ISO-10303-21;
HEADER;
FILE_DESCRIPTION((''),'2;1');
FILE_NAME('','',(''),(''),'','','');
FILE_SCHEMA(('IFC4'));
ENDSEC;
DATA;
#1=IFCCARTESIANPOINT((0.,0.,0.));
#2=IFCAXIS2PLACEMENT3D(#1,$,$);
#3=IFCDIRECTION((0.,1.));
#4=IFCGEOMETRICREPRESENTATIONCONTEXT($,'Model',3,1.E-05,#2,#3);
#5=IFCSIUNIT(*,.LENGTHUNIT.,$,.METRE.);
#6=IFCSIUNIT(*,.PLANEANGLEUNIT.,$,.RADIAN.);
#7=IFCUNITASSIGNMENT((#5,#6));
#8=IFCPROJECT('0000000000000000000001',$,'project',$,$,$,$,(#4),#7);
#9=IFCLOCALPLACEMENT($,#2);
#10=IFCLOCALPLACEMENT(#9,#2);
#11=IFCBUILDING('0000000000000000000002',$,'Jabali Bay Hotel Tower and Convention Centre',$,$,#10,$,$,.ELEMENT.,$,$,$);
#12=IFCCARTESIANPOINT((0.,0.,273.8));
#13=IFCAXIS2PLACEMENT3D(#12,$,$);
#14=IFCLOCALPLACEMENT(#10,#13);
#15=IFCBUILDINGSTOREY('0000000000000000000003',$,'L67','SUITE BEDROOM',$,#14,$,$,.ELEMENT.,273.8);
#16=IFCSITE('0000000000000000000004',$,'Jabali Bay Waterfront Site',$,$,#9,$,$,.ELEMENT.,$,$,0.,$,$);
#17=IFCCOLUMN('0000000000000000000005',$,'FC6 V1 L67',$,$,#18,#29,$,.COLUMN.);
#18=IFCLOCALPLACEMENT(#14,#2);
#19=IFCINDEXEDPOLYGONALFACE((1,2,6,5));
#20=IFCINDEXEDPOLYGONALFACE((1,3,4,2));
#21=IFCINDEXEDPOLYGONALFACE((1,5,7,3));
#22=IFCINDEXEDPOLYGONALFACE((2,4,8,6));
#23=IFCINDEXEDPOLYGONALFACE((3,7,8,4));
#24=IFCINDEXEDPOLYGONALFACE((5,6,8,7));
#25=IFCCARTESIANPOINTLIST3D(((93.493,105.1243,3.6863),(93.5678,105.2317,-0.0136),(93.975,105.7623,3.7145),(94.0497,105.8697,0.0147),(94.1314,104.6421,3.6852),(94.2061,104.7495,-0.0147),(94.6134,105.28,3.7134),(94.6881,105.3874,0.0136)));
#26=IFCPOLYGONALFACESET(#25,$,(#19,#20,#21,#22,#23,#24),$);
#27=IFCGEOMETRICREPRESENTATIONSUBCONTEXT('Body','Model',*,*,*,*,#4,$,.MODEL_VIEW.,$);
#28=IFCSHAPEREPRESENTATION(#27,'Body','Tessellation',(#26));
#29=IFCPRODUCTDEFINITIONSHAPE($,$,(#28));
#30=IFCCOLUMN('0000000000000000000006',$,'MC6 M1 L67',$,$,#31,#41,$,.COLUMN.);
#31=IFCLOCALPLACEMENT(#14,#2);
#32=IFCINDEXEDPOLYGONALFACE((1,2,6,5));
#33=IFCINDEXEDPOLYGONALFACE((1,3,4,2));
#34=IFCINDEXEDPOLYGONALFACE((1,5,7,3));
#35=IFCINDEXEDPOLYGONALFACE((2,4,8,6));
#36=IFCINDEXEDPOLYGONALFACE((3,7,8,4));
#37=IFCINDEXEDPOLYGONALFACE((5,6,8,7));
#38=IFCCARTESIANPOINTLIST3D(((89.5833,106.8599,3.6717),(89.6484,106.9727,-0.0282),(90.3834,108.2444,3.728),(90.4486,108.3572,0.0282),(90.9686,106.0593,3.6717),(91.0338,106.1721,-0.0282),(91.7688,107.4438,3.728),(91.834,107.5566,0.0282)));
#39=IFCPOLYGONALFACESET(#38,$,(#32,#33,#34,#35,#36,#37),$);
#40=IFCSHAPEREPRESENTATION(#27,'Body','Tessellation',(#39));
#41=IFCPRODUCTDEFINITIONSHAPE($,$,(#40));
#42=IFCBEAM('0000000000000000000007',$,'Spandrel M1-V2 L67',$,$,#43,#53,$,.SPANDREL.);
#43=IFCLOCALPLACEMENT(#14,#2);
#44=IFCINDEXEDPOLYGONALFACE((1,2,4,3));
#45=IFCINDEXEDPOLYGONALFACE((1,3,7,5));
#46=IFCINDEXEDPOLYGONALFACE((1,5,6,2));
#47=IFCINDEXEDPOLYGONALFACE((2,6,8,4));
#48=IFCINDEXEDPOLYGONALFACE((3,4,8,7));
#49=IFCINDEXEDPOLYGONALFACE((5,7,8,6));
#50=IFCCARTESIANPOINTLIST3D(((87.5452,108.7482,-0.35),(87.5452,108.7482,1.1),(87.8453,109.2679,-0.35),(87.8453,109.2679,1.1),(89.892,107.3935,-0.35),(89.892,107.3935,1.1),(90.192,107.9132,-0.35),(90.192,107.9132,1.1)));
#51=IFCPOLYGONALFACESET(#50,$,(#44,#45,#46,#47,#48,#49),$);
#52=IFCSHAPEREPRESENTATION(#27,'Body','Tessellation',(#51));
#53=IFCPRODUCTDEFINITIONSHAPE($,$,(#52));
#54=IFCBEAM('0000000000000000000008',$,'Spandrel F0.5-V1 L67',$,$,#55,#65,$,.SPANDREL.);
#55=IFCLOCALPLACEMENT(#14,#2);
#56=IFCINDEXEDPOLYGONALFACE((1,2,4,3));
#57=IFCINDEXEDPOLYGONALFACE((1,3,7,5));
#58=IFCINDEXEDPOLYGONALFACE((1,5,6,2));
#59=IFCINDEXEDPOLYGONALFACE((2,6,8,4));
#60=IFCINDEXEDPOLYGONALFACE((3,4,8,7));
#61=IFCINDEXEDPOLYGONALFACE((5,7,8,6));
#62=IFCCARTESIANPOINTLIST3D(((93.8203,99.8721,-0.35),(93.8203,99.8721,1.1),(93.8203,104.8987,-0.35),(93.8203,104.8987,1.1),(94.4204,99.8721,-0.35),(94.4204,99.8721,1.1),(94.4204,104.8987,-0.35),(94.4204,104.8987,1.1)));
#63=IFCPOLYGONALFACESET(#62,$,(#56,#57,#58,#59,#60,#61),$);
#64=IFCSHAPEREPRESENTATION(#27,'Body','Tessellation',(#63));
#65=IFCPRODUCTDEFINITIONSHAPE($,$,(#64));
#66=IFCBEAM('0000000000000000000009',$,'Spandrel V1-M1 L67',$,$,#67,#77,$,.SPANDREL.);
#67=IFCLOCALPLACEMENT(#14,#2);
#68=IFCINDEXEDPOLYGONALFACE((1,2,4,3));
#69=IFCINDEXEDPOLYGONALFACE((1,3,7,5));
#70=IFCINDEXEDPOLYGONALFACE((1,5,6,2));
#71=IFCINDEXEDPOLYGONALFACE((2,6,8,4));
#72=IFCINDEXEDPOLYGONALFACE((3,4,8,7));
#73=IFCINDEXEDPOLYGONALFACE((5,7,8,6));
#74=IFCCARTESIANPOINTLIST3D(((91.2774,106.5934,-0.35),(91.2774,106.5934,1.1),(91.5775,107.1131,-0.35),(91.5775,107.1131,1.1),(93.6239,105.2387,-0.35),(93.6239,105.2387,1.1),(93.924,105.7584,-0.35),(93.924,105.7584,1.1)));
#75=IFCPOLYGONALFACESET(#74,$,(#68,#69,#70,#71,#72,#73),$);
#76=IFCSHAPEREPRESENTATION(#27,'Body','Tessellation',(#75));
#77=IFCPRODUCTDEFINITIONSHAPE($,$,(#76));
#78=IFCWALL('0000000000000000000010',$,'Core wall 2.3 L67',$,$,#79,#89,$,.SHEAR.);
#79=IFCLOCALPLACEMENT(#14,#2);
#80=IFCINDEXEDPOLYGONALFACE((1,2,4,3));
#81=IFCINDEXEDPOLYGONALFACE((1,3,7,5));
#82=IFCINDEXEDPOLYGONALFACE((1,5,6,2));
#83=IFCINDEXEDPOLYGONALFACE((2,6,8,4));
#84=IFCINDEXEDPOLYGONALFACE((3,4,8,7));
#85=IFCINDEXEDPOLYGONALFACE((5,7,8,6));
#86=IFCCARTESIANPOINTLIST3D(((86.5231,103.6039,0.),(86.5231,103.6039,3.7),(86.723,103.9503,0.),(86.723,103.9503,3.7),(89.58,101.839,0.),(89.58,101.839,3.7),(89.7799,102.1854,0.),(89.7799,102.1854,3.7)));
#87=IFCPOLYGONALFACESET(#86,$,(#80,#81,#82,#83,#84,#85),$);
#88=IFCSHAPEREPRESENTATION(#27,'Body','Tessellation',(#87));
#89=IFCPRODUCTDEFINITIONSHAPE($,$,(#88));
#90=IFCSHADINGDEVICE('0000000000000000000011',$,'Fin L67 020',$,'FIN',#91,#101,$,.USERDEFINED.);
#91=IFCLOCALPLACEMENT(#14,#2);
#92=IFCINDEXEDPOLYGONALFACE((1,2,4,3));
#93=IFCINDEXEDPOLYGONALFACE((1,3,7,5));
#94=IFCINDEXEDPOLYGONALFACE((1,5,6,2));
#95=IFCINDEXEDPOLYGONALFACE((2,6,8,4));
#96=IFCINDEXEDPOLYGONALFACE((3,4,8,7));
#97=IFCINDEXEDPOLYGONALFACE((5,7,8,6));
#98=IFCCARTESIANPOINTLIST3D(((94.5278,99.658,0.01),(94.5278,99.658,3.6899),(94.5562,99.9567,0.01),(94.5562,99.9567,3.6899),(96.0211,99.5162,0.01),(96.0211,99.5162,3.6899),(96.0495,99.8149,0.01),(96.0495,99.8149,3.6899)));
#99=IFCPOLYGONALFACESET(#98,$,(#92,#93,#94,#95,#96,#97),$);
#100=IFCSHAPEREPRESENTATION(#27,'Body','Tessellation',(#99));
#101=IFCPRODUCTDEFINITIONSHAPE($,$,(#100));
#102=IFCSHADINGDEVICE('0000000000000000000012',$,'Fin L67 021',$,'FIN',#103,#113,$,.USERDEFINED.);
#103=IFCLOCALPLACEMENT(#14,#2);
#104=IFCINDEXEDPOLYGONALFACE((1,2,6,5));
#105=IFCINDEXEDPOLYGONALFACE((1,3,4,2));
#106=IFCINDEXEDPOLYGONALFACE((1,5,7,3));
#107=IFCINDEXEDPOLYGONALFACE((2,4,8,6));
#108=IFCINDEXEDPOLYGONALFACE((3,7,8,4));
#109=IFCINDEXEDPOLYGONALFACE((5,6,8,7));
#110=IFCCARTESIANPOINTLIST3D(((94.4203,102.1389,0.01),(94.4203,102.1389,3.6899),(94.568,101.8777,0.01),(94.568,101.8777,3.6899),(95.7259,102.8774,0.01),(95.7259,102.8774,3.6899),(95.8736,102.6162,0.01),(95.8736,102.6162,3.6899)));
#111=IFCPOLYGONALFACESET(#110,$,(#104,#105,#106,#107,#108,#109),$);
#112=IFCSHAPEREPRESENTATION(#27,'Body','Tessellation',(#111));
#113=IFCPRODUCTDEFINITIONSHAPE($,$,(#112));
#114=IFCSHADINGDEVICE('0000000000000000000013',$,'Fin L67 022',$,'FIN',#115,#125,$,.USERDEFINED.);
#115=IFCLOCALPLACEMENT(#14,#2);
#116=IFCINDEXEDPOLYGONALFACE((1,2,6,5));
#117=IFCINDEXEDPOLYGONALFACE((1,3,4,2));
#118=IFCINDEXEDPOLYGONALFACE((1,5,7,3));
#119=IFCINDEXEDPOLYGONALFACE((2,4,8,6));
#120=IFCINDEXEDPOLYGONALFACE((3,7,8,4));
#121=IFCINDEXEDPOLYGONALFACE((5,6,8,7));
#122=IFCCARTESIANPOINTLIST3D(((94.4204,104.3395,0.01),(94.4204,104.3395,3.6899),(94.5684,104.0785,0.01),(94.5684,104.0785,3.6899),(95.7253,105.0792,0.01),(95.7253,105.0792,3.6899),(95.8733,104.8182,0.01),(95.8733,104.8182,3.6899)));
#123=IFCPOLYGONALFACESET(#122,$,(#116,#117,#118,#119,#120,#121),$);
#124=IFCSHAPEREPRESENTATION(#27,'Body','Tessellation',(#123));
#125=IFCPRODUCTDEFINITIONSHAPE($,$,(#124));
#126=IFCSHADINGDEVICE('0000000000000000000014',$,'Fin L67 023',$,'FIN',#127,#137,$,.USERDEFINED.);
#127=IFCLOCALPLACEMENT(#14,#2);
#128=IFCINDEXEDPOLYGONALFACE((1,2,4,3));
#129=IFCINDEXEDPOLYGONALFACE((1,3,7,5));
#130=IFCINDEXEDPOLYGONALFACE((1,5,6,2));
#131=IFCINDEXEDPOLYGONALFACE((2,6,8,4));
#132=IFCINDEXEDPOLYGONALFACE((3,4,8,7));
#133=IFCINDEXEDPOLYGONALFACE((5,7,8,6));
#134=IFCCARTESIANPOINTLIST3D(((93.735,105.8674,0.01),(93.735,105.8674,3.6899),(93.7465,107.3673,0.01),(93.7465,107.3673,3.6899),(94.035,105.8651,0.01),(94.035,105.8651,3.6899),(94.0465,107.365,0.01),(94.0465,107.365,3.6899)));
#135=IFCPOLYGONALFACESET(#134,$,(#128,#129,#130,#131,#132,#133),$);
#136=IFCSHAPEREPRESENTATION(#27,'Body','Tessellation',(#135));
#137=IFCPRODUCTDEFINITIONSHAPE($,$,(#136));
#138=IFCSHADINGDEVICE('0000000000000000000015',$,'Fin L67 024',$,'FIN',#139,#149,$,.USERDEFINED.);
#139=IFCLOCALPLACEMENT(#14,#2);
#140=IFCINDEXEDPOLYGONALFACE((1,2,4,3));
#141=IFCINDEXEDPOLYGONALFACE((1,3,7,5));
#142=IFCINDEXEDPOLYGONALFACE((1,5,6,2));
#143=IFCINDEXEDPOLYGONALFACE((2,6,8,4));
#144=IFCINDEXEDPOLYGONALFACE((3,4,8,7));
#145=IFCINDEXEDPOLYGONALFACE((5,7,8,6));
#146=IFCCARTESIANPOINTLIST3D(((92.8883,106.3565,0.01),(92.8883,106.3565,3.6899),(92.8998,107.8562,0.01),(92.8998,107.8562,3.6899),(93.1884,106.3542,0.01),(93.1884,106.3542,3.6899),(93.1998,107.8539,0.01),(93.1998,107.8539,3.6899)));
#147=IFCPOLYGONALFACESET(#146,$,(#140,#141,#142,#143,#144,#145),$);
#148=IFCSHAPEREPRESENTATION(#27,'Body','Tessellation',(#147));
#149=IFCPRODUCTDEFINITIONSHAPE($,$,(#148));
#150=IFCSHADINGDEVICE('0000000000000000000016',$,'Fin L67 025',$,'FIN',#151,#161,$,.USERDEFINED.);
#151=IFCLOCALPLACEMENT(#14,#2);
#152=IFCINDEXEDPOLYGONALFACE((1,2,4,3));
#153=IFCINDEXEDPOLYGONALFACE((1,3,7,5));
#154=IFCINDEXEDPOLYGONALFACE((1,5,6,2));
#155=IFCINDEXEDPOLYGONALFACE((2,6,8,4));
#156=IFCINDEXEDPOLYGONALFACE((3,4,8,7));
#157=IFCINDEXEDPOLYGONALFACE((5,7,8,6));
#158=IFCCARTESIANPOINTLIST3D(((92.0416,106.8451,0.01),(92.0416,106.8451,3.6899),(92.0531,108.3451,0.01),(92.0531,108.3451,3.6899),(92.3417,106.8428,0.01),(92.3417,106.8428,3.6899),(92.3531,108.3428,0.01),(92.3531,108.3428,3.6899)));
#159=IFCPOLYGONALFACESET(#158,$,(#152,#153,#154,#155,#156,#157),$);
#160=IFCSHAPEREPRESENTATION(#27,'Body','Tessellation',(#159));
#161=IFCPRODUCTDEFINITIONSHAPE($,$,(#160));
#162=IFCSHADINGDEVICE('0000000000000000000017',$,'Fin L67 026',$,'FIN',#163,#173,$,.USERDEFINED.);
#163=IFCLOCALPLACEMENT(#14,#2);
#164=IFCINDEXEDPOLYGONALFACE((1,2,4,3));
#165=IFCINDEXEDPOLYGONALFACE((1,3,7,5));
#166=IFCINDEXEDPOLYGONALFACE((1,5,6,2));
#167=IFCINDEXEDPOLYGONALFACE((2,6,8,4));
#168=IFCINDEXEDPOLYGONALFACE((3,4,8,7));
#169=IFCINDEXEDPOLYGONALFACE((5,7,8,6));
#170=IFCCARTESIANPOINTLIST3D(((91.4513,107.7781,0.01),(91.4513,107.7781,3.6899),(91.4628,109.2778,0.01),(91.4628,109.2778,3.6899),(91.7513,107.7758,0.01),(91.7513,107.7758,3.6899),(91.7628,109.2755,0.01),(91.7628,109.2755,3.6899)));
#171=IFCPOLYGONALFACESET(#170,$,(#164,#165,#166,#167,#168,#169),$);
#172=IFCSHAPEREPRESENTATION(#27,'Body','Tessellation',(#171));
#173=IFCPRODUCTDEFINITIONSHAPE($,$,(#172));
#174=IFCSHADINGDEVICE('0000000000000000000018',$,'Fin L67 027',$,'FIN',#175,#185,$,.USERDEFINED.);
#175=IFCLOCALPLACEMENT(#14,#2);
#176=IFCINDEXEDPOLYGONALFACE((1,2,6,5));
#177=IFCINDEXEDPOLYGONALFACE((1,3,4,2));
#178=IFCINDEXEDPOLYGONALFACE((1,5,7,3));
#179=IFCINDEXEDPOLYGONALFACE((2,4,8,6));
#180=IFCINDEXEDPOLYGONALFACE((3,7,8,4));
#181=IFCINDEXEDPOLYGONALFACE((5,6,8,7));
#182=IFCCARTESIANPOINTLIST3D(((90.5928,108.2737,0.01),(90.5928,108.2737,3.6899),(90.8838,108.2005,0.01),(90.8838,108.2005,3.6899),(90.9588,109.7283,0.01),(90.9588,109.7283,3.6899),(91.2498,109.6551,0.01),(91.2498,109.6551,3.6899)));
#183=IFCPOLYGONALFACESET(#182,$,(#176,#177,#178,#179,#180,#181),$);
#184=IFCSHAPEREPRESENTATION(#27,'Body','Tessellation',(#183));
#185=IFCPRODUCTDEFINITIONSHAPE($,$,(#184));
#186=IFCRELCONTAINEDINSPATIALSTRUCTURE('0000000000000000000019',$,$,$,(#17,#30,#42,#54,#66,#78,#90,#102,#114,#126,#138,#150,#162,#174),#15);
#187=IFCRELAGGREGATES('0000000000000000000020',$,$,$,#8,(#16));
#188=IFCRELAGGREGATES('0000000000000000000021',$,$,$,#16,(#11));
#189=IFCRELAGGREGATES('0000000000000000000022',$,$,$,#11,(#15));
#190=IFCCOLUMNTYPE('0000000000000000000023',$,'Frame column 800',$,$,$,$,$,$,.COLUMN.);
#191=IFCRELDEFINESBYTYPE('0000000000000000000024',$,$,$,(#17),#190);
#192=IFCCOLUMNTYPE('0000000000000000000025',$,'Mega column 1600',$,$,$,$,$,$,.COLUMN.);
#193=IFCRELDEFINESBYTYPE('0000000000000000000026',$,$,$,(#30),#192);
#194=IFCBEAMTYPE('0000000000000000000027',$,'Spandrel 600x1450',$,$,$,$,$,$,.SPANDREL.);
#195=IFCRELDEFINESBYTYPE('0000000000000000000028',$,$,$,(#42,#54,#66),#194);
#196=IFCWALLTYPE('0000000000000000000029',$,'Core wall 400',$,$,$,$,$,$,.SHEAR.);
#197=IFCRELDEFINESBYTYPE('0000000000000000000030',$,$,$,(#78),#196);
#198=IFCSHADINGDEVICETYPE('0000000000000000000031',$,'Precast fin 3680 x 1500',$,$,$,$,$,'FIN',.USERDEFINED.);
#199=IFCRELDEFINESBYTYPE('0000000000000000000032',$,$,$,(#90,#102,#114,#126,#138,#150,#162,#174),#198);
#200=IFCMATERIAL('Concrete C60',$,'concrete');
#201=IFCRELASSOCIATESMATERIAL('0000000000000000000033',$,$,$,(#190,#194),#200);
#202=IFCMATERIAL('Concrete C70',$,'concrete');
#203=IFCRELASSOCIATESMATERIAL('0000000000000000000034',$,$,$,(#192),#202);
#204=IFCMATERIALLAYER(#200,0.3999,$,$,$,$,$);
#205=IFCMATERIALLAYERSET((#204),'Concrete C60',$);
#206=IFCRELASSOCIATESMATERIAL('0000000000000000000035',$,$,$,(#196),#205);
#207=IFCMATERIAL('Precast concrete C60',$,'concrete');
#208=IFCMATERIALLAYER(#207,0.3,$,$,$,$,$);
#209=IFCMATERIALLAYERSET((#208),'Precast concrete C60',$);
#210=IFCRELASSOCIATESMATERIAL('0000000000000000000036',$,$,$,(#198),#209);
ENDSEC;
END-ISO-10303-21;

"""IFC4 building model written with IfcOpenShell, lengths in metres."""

from ifc_helpers import new_model, si_unit, direction, frame, frame_2d, origin, origin_2d, place, context, subcontext, project, spatial, rectangle, extrude, material, layer, layer_set, material_profile, profile_set, type_object, element, save


model = new_model("IFC4")

# Units and contexts
model_context = context("Model", 3, precision=1e-05, world=origin(), true_north=direction((0.0, 1.0)))
body_context = subcontext(model_context, "Body", "Model", "MODEL_VIEW")
ifc_project = project(units=[si_unit("LENGTHUNIT", "METRE"), si_unit("PLANEANGLEUNIT", "RADIAN")], contexts=[model_context])

# Site, building, storey
site_placement = place(None, origin())
site = spatial("IfcSite", under=ifc_project, at=site_placement, Name="Jabali Bay Waterfront Site", CompositionType="ELEMENT", RefElevation=0.0)
building_placement = place(site_placement, origin())
building = spatial("IfcBuilding", under=site, at=building_placement, Name="Jabali Bay Hotel Tower and Convention Centre", CompositionType="ELEMENT")
storey_placement = place(building_placement, frame((0.0, 0.0, 273.8)))
storey = spatial("IfcBuildingStorey", under=building, at=storey_placement, Name="L67", Description="SUITE BEDROOM", CompositionType="ELEMENT", Elevation=273.8)

# Columns
ifc_material_1 = material(Name="Concrete C60", Category="concrete")
ifc_material_profile_1 = material_profile(ifc_material_1, rectangle(XDim=0.8, YDim=0.8, at=origin_2d()), Name="Frame column 800")
ifc_profile_set_1 = profile_set([ifc_material_profile_1], Name="Concrete C60")
column_type_1 = type_object("IfcColumnType", Name="Frame column 800", PredefinedType="COLUMN", material=ifc_profile_set_1)
column_1_placement = place(storey_placement, frame((94.1279, 105.3096, 0.0), z_axis=(-0.020179, -0.029015, 0.999375), x_axis=(0.602455, 0.797371, 0.035315)))
element("IfcColumn", 1, at=column_1_placement, inside=storey, type_object=column_type_1, Name="FC6 V1 L67", PredefinedType="COLUMN", context=body_context, shape_type="SweptSolid", body=[
    extrude(rectangle(XDim=0.8, YDim=0.8, at=origin_2d()), origin(), (0.0, 0.0, 1.0), 3.7021),
])
ifc_material_2 = material(Name="Concrete C70", Category="concrete")
ifc_material_profile_2 = material_profile(ifc_material_2, rectangle(XDim=1.6001, YDim=1.6001, at=origin_2d()), Name="Mega column 1600")
ifc_profile_set_2 = profile_set([ifc_material_profile_2], Name="Concrete C70")
column_type_2 = type_object("IfcColumnType", Name="Mega column 1600", PredefinedType="COLUMN", material=ifc_profile_set_2)
column_2_placement = place(storey_placement, frame((90.7412, 107.2646, 0.0), z_axis=(-0.017607, -0.030466, 0.999381), x_axis=(0.865811, -0.500371, 0.0)))
element("IfcColumn", 2, at=column_2_placement, inside=storey, type_object=column_type_2, Name="MC6 M1 L67", PredefinedType="COLUMN", context=body_context, shape_type="SweptSolid", body=[
    extrude(rectangle(XDim=1.6001, YDim=1.6001, at=origin_2d()), origin(), (0.0, 0.0, 1.0), 3.7021),
])

# Beams
ifc_material_profile_3 = material_profile(ifc_material_1, rectangle(XDim=0.6001, YDim=1.45, at=origin_2d()), Name="Spandrel 600x1450")
ifc_profile_set_3 = profile_set([ifc_material_profile_3], Name="Concrete C60")
beam_type = type_object("IfcBeamType", Name="Spandrel 600x1450", PredefinedType="SPANDREL", material=ifc_profile_set_3)
beam_1_placement = place(storey_placement, frame((90.042, 107.6533, 0.375), z_axis=(-0.866045, 0.499967, 0.0), x_axis=(-0.499967, -0.866045, 0.0)))
element("IfcBeam", 3, at=beam_1_placement, inside=storey, type_object=beam_type, Name="Spandrel M1-V2 L67", PredefinedType="SPANDREL", context=body_context, shape_type="SweptSolid", body=[
    extrude(rectangle(XDim=0.6001, YDim=1.45, at=origin_2d()), origin(), (0.0, 0.0, 1.0), 2.7097),
])
beam_2_placement = place(storey_placement, frame((94.1204, 99.8721, 0.375), z_axis=(0.0, 1.0, 0.0), x_axis=(-1.0, 0.0, 0.0)))
element("IfcBeam", 4, at=beam_2_placement, inside=storey, type_object=beam_type, Name="Spandrel F0.5-V1 L67", PredefinedType="SPANDREL", context=body_context, shape_type="SweptSolid", body=[
    extrude(rectangle(XDim=0.6001, YDim=1.45, at=origin_2d()), origin(), (0.0, 0.0, 1.0), 5.0266),
])
beam_3_placement = place(storey_placement, frame((93.7739, 105.4985, 0.375), z_axis=(-0.866022, 0.500006, 0.0), x_axis=(-0.500006, -0.866022, 0.0)))
element("IfcBeam", 5, at=beam_3_placement, inside=storey, type_object=beam_type, Name="Spandrel V1-M1 L67", PredefinedType="SPANDREL", context=body_context, shape_type="SweptSolid", body=[
    extrude(rectangle(XDim=0.6001, YDim=1.45, at=origin_2d()), origin(), (0.0, 0.0, 1.0), 2.7095),
])

# Wall
ifc_layer_1 = layer(ifc_material_1, 0.3999)
ifc_layer_set_1 = layer_set([ifc_layer_1], Name="Concrete C60")
wall_type_1 = type_object("IfcWallType", Name="Core wall 400", PredefinedType="SHEAR", material=ifc_layer_set_1)
wall_1_placement = place(storey_placement, frame((89.6799, 102.0122, 0.0), z_axis=(0.0, 0.0, 1.0), x_axis=(-0.866025, 0.5, 0.0)))
element("IfcWall", 6, at=wall_1_placement, inside=storey, type_object=wall_type_1, Name="Core wall 2.3 L67", PredefinedType="SHEAR", context=body_context, shape_type="SweptSolid", body=[
    extrude(rectangle(XDim=3.5298, YDim=0.3999, at=frame_2d((1.7649, 0.0))), origin(), (0.0, 0.0, 1.0), 3.7),
])

# Shading devices
ifc_material_3 = material(Name="Precast concrete C60", Category="concrete")
ifc_layer_2 = layer(ifc_material_3, 0.3)
ifc_layer_set_2 = layer_set([ifc_layer_2], Name="Precast concrete C60")
shading_device_type = type_object("IfcShadingDeviceType", Name="Precast fin 3680 x 1500", ElementType="FIN", PredefinedType="USERDEFINED", material=ifc_layer_set_2)
for number, where, z_axis, x_axis, name in (
    (7, (94.542, 99.8074, 0.01), (0.0, 0.0, 1.0), (0.995518, -0.094571, 0.0), "Fin L67 020"),
    (8, (94.4941, 102.0083, 0.01), (0.0, 0.0, 1.0), (0.870408, 0.492331, 0.0), "Fin L67 021"),
    (9, (94.4944, 104.209, 0.01), (0.0, 0.0, 1.0), (0.869941, 0.493156, 0.0), "Fin L67 022"),
    (10, (93.885, 105.8662, 0.01), (0.0, 0.0, 1.0), (0.00765, 0.999971, 0.0), "Fin L67 023"),
):
    element("IfcShadingDevice", number, at=place(storey_placement, frame(where, z_axis=z_axis, x_axis=x_axis)), inside=storey, type_object=shading_device_type, Name=name, ObjectType="FIN", PredefinedType="USERDEFINED", context=body_context, shape_type="SweptSolid", body=[
        extrude(rectangle(XDim=1.5, YDim=0.3, at=frame_2d((0.75, 0.0))), origin(), (0.0, 0.0, 1.0), 3.6799),
    ])
shading_device_1_placement = place(storey_placement, frame((93.0383, 106.3552, 0.01), z_axis=(0.0, 0.0, 1.0), x_axis=(0.007651, 0.999971, 0.0)))
element("IfcShadingDevice", 11, at=shading_device_1_placement, inside=storey, type_object=shading_device_type, Name="Fin L67 024", ObjectType="FIN", PredefinedType="USERDEFINED", context=body_context, shape_type="SweptSolid", body=[
    extrude(rectangle(XDim=1.4998, YDim=0.3, at=frame_2d((0.75, 0.0))), origin(), (0.0, 0.0, 1.0), 3.6799),
])
shading_device_2_placement = place(storey_placement, frame((92.1917, 106.844, 0.01), z_axis=(0.0, 0.0, 1.0), x_axis=(0.00765, 0.999971, 0.0)))
element("IfcShadingDevice", 12, at=shading_device_2_placement, inside=storey, type_object=shading_device_type, Name="Fin L67 025", ObjectType="FIN", PredefinedType="USERDEFINED", context=body_context, shape_type="SweptSolid", body=[
    extrude(rectangle(XDim=1.5, YDim=0.3, at=frame_2d((0.75, 0.0))), origin(), (0.0, 0.0, 1.0), 3.6799),
])
shading_device_3_placement = place(storey_placement, frame((91.6013, 107.7769, 0.01), z_axis=(0.0, 0.0, 1.0), x_axis=(0.007651, 0.999971, 0.0)))
element("IfcShadingDevice", 13, at=shading_device_3_placement, inside=storey, type_object=shading_device_type, Name="Fin L67 026", ObjectType="FIN", PredefinedType="USERDEFINED", context=body_context, shape_type="SweptSolid", body=[
    extrude(rectangle(XDim=1.4998, YDim=0.3, at=frame_2d((0.75, 0.0))), origin(), (0.0, 0.0, 1.0), 3.6799),
])
shading_device_4_placement = place(storey_placement, frame((90.7383, 108.2371, 0.01), z_axis=(0.0, 0.0, 1.0), x_axis=(0.243991, 0.969778, 0.0)))
element("IfcShadingDevice", 14, at=shading_device_4_placement, inside=storey, type_object=shading_device_type, Name="Fin L67 027", ObjectType="FIN", PredefinedType="USERDEFINED", context=body_context, shape_type="SweptSolid", body=[
    extrude(rectangle(XDim=1.5, YDim=0.3, at=frame_2d((0.75, 0.0))), origin(), (0.0, 0.0, 1.0), 3.6799),
])

save(model, "model.ifc")
